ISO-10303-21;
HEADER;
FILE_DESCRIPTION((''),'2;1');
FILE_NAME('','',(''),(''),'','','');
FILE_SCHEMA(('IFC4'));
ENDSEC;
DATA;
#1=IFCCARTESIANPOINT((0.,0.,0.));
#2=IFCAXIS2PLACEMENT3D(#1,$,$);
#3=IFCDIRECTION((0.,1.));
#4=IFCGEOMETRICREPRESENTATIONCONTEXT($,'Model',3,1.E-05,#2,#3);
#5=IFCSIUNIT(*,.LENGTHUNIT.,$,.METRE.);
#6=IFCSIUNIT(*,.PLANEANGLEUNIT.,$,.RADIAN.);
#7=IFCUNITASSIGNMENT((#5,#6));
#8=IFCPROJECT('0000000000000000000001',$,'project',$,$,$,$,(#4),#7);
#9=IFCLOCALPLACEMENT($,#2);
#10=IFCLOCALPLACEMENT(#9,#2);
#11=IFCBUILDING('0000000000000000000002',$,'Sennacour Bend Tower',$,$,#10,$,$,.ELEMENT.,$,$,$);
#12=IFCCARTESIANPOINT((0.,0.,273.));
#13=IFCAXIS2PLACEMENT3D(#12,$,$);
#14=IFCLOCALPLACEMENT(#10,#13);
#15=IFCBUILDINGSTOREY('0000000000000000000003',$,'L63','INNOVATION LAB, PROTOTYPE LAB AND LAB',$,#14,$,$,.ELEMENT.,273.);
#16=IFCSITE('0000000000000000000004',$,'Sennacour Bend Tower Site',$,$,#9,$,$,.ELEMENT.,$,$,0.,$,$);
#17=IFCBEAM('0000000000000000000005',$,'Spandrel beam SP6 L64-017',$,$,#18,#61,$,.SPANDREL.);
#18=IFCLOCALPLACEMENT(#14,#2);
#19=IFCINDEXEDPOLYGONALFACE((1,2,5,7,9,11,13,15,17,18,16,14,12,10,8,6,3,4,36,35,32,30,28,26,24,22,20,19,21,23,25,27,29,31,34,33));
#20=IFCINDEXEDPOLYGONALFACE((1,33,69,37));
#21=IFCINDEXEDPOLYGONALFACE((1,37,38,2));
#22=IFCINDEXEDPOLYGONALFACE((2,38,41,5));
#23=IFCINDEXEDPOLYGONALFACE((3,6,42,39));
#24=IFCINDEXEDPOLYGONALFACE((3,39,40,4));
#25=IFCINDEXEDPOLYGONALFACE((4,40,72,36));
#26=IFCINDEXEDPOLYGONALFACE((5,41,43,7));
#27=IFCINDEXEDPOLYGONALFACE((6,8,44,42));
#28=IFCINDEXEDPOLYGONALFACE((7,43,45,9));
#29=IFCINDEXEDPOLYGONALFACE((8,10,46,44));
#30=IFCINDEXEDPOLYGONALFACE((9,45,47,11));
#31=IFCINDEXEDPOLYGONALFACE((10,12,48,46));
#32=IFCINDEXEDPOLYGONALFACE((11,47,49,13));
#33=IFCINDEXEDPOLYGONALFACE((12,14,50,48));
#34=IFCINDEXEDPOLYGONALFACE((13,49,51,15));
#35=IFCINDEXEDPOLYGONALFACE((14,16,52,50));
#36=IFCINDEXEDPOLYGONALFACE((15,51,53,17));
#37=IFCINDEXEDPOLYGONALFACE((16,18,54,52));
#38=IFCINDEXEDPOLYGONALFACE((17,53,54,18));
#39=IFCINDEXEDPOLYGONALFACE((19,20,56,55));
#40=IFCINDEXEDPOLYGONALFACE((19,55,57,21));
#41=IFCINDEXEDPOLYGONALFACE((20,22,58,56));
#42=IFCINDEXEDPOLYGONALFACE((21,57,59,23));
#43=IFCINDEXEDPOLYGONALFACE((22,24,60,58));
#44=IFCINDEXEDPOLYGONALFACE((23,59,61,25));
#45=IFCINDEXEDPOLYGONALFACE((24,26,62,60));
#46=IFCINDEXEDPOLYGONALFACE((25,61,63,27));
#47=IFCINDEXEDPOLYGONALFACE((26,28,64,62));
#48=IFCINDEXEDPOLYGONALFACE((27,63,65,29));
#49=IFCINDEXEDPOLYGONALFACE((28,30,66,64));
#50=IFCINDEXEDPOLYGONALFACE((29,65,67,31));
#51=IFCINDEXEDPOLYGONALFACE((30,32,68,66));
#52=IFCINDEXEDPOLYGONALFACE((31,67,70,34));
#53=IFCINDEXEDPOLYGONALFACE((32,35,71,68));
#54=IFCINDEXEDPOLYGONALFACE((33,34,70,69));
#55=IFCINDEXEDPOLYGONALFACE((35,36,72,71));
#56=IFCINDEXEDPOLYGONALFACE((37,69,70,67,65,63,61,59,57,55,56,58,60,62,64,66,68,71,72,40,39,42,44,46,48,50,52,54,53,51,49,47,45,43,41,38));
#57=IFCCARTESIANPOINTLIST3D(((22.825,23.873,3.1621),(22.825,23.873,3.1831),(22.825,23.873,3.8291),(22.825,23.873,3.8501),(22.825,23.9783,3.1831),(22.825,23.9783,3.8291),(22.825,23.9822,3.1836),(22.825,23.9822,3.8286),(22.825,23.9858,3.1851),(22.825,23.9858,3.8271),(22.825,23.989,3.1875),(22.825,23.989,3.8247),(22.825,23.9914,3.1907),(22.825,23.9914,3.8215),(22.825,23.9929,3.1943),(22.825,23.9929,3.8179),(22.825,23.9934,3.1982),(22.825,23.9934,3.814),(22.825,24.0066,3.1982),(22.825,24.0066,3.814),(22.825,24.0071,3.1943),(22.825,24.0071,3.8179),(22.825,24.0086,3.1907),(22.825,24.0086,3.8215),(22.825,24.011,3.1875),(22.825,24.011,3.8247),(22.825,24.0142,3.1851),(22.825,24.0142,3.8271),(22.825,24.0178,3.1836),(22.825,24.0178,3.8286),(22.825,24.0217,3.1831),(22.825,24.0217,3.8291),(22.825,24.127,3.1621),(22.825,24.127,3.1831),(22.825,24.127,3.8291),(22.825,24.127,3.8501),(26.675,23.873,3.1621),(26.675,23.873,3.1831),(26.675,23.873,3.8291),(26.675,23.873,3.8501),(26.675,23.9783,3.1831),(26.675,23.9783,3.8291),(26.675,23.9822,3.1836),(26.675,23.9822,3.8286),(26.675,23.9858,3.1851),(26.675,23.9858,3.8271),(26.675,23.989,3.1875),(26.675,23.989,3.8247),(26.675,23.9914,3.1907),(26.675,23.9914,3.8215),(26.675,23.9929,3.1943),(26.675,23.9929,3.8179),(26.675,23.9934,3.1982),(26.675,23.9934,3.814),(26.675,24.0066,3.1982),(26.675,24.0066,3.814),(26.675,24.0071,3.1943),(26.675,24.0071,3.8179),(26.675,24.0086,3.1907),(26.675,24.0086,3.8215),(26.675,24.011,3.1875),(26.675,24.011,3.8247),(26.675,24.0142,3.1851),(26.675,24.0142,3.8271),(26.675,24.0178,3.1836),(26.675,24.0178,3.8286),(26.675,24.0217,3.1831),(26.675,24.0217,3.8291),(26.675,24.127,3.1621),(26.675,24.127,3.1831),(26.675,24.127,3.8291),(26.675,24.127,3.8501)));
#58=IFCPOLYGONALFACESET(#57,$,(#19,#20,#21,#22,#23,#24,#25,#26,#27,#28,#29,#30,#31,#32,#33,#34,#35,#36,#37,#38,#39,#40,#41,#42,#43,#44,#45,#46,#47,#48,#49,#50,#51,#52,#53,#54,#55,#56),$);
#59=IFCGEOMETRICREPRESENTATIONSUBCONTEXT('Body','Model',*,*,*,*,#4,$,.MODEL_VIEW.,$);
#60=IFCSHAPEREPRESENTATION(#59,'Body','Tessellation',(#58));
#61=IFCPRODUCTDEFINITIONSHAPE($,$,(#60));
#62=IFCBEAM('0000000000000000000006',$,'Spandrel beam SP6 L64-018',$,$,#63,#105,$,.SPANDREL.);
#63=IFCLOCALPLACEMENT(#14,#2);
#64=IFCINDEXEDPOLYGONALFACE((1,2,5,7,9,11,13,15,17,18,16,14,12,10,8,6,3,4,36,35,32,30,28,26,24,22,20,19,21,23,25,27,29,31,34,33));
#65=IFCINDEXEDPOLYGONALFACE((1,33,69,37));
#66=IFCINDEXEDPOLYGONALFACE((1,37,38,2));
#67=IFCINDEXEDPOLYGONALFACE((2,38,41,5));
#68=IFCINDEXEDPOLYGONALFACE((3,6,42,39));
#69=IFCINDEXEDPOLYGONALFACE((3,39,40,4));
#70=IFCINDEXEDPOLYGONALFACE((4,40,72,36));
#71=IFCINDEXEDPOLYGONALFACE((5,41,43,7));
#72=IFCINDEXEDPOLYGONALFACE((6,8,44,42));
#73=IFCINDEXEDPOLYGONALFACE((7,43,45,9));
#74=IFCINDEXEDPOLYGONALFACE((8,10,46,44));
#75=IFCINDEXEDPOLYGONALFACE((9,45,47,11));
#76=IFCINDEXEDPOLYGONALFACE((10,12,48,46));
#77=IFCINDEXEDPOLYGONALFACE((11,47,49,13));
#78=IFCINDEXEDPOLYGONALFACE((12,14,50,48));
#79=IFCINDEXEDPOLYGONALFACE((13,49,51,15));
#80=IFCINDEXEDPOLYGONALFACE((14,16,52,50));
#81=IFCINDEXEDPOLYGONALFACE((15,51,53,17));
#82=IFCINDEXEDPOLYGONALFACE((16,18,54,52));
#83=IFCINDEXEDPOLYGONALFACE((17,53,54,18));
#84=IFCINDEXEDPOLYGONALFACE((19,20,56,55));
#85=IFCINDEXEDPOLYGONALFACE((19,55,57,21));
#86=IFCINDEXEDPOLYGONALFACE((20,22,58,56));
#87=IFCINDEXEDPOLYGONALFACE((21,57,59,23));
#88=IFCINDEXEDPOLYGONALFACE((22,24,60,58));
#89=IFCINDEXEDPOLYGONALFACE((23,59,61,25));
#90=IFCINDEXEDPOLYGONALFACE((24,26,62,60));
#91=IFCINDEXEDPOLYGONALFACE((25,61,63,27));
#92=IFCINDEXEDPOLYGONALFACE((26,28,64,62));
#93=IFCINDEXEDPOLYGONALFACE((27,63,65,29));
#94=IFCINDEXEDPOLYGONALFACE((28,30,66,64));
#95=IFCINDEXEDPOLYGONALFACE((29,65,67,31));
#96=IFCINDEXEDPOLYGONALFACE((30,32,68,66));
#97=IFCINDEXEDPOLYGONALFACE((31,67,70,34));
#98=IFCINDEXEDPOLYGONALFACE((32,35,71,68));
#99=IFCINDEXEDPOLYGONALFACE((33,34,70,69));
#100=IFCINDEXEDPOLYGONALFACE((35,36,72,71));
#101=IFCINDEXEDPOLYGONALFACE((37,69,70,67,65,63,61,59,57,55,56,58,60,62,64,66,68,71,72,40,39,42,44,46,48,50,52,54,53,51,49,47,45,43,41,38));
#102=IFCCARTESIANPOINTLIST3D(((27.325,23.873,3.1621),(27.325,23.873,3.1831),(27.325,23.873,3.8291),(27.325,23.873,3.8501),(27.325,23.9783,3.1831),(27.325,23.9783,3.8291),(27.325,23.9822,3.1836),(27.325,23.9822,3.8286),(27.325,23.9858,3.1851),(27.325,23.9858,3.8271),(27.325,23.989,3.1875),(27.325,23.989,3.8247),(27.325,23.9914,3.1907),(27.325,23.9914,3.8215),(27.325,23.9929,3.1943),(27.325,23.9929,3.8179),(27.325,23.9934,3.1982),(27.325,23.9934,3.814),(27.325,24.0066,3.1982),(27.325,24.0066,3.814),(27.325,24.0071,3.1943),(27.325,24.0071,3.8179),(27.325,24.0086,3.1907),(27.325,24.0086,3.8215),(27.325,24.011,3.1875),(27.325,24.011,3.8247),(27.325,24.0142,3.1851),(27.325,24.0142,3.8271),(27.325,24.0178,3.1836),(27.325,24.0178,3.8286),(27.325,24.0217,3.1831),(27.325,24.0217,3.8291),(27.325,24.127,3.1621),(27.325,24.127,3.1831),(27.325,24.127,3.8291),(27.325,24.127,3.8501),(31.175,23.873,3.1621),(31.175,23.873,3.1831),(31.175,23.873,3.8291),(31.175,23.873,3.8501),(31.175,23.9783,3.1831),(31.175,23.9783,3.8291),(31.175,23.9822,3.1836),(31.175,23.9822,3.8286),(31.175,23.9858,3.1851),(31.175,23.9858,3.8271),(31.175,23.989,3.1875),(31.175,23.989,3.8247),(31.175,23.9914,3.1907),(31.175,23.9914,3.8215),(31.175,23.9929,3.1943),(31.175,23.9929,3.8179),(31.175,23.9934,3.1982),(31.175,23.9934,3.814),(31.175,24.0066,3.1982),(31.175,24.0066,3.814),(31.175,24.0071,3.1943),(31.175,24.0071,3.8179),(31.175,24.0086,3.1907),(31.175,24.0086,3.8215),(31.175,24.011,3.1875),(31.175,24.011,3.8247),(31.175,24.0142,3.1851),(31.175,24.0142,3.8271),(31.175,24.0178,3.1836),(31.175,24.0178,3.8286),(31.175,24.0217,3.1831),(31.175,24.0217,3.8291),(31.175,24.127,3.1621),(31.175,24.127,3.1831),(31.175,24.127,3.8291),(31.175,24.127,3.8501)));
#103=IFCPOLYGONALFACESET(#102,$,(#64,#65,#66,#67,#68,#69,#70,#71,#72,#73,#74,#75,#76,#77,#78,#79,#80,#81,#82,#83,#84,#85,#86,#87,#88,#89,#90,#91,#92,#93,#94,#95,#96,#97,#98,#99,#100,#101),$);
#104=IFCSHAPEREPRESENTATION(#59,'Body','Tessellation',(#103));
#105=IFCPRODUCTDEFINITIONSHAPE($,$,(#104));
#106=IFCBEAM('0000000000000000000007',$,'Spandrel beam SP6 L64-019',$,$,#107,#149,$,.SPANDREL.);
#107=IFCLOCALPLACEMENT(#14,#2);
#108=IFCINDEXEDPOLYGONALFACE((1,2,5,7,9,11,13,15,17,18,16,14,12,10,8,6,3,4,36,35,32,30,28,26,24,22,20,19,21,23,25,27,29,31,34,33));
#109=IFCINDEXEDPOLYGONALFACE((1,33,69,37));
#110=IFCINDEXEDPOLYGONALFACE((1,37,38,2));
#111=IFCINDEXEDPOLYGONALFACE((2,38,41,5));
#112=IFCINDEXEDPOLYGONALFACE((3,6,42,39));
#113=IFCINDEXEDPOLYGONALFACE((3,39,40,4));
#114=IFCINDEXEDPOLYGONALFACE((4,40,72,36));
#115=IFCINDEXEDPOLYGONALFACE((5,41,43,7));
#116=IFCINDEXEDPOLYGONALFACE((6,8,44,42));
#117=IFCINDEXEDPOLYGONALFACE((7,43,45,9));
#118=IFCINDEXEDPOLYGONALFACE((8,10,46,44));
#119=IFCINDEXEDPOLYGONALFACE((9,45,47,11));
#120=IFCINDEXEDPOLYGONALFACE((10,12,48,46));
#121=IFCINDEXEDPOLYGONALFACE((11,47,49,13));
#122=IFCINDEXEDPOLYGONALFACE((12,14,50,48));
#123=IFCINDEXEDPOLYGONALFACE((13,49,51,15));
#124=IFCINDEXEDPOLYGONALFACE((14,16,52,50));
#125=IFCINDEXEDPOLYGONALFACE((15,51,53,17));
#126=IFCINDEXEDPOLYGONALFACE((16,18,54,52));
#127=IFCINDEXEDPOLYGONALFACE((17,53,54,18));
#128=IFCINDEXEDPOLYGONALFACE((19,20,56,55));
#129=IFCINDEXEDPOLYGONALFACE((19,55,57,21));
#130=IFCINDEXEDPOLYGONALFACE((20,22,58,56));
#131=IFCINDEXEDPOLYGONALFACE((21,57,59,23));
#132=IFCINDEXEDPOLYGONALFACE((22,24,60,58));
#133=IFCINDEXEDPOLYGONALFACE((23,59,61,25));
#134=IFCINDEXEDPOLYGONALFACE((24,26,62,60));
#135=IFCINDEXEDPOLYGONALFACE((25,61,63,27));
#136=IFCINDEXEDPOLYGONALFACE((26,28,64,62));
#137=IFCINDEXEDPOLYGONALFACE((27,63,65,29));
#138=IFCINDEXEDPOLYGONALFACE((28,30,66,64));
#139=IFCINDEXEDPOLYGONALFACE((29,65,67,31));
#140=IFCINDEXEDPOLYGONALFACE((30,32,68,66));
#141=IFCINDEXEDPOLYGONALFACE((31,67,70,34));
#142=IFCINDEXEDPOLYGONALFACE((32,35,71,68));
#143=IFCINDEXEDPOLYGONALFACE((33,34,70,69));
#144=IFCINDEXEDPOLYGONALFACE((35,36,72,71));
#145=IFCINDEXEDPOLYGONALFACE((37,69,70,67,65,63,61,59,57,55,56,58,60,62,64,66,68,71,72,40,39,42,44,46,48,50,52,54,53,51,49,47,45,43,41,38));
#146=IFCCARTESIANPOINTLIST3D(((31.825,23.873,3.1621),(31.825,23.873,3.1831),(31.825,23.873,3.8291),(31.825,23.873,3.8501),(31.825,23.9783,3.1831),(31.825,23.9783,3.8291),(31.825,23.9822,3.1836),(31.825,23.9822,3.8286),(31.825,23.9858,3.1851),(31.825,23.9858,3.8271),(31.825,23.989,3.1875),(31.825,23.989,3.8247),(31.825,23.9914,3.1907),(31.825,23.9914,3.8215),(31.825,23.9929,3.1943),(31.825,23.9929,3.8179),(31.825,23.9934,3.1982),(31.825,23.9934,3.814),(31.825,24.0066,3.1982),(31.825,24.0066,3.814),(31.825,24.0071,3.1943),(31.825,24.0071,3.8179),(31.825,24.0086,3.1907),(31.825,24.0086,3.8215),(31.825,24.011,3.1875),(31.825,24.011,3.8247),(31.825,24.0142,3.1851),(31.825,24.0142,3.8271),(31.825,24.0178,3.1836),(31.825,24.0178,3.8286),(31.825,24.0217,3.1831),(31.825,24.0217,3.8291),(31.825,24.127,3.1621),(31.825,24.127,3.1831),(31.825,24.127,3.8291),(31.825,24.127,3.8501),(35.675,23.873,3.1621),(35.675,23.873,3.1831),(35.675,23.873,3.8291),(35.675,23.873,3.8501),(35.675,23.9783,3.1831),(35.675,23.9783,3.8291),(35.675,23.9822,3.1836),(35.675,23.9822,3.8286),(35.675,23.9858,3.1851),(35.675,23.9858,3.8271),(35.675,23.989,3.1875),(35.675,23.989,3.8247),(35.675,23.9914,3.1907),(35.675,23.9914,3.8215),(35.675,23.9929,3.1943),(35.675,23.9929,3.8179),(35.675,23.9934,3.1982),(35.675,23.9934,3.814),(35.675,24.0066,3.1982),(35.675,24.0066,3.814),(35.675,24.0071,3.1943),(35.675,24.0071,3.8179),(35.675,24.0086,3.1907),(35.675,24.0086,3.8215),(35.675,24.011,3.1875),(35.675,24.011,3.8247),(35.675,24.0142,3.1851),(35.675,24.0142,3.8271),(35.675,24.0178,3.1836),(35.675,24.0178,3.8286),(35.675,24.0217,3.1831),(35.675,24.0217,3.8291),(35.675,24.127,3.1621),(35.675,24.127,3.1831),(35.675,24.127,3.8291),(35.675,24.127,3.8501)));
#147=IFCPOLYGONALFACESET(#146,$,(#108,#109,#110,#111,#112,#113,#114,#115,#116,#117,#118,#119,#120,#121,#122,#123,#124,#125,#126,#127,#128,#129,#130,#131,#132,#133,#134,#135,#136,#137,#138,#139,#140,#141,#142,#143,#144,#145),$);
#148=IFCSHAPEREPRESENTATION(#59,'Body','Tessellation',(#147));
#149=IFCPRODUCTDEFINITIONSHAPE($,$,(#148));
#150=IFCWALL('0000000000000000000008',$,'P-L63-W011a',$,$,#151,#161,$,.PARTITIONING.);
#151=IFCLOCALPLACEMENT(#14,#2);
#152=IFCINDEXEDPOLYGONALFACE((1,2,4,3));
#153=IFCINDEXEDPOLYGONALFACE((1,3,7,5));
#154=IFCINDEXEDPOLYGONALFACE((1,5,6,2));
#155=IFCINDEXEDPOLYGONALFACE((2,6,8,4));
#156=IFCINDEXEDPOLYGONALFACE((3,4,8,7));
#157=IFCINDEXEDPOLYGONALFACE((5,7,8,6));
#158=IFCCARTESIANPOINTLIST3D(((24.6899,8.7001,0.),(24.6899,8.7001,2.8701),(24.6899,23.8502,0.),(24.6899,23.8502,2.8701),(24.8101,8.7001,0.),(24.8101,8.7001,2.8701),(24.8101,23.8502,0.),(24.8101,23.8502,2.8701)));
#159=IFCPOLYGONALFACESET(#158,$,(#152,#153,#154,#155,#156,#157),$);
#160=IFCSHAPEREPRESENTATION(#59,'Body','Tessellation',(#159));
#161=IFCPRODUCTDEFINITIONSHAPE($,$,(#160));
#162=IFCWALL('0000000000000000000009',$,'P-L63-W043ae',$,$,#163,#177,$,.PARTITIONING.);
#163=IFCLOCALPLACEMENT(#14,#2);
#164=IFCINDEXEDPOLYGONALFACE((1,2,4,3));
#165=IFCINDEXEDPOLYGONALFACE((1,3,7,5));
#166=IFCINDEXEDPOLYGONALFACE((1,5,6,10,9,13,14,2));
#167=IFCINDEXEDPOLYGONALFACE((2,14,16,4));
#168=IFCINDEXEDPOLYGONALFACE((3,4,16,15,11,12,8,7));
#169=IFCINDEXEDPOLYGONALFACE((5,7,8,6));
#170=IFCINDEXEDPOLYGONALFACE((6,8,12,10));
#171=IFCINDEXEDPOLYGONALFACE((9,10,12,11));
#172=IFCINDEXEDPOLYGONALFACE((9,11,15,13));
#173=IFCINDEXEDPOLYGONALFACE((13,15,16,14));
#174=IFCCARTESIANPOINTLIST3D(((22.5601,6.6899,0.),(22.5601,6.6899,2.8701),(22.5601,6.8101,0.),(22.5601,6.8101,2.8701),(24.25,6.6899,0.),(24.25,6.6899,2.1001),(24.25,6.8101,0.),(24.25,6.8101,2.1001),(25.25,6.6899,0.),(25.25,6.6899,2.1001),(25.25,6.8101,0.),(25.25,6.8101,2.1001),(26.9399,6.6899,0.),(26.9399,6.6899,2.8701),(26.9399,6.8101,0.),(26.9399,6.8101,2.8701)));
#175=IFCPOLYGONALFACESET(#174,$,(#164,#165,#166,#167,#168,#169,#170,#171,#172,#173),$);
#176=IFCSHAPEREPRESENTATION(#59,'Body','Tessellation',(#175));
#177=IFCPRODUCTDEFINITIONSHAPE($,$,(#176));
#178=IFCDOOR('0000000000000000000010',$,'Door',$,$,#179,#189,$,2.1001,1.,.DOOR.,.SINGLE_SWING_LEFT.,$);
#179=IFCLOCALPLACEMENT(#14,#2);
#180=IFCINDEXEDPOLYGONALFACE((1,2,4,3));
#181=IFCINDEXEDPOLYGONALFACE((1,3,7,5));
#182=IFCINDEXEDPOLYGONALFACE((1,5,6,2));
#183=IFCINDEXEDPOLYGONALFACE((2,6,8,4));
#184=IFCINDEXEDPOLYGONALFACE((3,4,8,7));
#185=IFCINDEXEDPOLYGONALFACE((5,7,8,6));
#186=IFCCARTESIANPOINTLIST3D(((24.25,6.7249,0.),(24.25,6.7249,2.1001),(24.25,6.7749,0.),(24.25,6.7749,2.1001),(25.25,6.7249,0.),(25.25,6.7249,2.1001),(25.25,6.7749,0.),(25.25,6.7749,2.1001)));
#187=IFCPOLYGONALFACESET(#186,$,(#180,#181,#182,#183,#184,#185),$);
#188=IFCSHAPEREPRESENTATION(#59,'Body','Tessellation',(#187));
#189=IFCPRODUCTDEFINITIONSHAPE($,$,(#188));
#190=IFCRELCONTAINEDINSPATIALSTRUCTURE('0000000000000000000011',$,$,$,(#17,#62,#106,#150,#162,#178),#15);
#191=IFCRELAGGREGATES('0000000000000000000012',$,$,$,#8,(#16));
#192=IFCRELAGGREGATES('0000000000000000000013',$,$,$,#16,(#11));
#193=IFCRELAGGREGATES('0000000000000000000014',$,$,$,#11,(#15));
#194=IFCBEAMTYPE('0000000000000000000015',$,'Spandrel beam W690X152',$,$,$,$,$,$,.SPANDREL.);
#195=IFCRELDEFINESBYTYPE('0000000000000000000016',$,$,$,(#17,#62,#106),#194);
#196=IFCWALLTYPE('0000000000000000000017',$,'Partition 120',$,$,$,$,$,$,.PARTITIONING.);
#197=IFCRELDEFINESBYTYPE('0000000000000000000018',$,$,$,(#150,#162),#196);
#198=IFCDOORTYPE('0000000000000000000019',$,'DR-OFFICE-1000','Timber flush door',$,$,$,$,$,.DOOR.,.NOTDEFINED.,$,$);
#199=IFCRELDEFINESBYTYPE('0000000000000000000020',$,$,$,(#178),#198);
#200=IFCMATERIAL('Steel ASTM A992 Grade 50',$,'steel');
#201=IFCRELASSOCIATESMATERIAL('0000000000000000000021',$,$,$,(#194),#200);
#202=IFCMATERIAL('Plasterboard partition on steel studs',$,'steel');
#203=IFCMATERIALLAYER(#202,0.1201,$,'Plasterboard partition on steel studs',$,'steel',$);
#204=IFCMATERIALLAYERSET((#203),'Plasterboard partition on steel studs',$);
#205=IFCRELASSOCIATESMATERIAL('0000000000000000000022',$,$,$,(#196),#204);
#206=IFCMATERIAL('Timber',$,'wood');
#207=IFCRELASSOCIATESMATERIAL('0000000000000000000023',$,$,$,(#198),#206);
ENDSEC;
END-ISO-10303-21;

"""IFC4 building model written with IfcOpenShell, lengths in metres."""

from ifc_helpers import new_model, si_unit, direction, frame, frame_2d, origin, origin_2d, place, context, subcontext, project, spatial, rectangle, i_section, extrude, material, layer, layer_set, material_profile, profile_set, type_object, element, fill, save


model = new_model("IFC4")

# Units and contexts
model_context = context("Model", 3, precision=1e-05, world=origin(), true_north=direction((0.0, 1.0)))
body_context = subcontext(model_context, "Body", "Model", "MODEL_VIEW")
ifc_project = project(units=[si_unit("LENGTHUNIT", "METRE"), si_unit("PLANEANGLEUNIT", "RADIAN")], contexts=[model_context])

# Site, building, storey
site_placement = place(None, origin())
site = spatial("IfcSite", under=ifc_project, at=site_placement, Name="Sennacour Bend Tower Site", CompositionType="ELEMENT", RefElevation=0.0)
building_placement = place(site_placement, origin())
building = spatial("IfcBuilding", under=site, at=building_placement, Name="Sennacour Bend Tower", CompositionType="ELEMENT")
storey_placement = place(building_placement, frame((0.0, 0.0, 273.0)))
storey = spatial("IfcBuildingStorey", under=building, at=storey_placement, Name="L63", Description="INNOVATION LAB, PROTOTYPE LAB AND LAB", CompositionType="ELEMENT", Elevation=273.0)

# Beams
ifc_material_1 = material(Name="Steel ASTM A992 Grade 50", Category="steel")
ifc_material_profile_1 = material_profile(ifc_material_1, i_section(OverallWidth=0.2539, OverallDepth=0.688, WebThickness=0.0132, FlangeThickness=0.021, FilletRadius=0.0151, at=origin_2d()), Name="Steel ASTM A992 Grade 50", Category="steel")
ifc_profile_set_1 = profile_set([ifc_material_profile_1], Name="Steel ASTM A992 Grade 50")
beam_type_1 = type_object("IfcBeamType", Name="Spandrel beam W690X152", PredefinedType="SPANDREL", material=ifc_profile_set_1)
for number, where, z_axis, x_axis, name in (
    (1, (22.825, 24.0, 3.5061), (1.0, 0.0, 0.0), (0.0, 1.0, 0.0), "Spandrel beam SP6 L64-017"),
    (2, (27.325, 24.0, 3.5061), (1.0, 0.0, 0.0), (0.0, 1.0, 0.0), "Spandrel beam SP6 L64-018"),
    (3, (31.825, 24.0, 3.5061), (1.0, 0.0, 0.0), (0.0, 1.0, 0.0), "Spandrel beam SP6 L64-019"),
):
    element("IfcBeam", number, at=place(storey_placement, frame(where, z_axis=z_axis, x_axis=x_axis)), inside=storey, type_object=beam_type_1, Name=name, PredefinedType="SPANDREL", context=body_context, shape_type="SweptSolid", body=[
        extrude(i_section(OverallWidth=0.2539, OverallDepth=0.688, WebThickness=0.0132, FlangeThickness=0.021, FilletRadius=0.0151, at=origin_2d()), origin(), (0.0, 0.0, 1.0), 3.8501),
    ])

# Wall
ifc_material_2 = material(Name="Plasterboard partition on steel studs", Category="steel")
ifc_layer_1 = layer(ifc_material_2, 0.1201, Name="Plasterboard partition on steel studs", Category="steel")
ifc_layer_set_1 = layer_set([ifc_layer_1], Name="Plasterboard partition on steel studs")
wall_type_1 = type_object("IfcWallType", Name="Partition 120", PredefinedType="PARTITIONING", material=ifc_layer_set_1)
wall_1_placement = place(storey_placement, frame((24.75, 8.7, 0.0), z_axis=(0.0, 0.0, 1.0), x_axis=(0.0, 1.0, 0.0)))
element("IfcWall", 4, at=wall_1_placement, inside=storey, type_object=wall_type_1, Name="P-L63-W011a", PredefinedType="PARTITIONING", context=body_context, shape_type="SweptSolid", body=[
    extrude(rectangle(XDim=15.1501, YDim=0.1201, at=frame_2d((7.5752, 0.0))), origin(), (0.0, 0.0, 1.0), 2.8701),
])

# Wall, opening, door
wall_2_placement = place(storey_placement, frame((22.5601, 6.75, 0.0), z_axis=(0.0, 0.0, 1.0), x_axis=(1.0, 0.0, 0.0)))
wall_2 = element("IfcWall", 5, at=wall_2_placement, inside=storey, type_object=wall_type_1, Name="P-L63-W043ae", PredefinedType="PARTITIONING", context=body_context, shape_type="SweptSolid", body=[
    extrude(rectangle(XDim=4.3799, YDim=0.1201, at=frame_2d((2.1899, 0.0))), origin(), (0.0, 0.0, 1.0), 2.8701),
])
opening_1_placement = place(wall_2_placement, frame((1.6899, 0.0, 0.0)))
opening_1 = element("IfcOpeningElement", 6, at=opening_1_placement, cuts=wall_2, PredefinedType="OPENING", context=body_context, shape_type="SweptSolid", body=[
    extrude(rectangle(XDim=1.0, YDim=2.1001, at=frame_2d((0.5, 1.05))), frame((0.0, 0.0701, 0.0), z_axis=(0.0, -1.0, 0.0), x_axis=(1.0, 0.0, 0.0)), (0.0, 0.0, 1.0), 0.1401),
])
ifc_material_3 = material(Name="Timber", Category="wood")
door_type_1 = type_object("IfcDoorType", Name="DR-OFFICE-1000", Description="Timber flush door", OperationType="NOTDEFINED", PredefinedType="DOOR", material=ifc_material_3)
door_1_placement = place(opening_1_placement, origin())
door_1 = element("IfcDoor", 7, at=door_1_placement, inside=storey, type_object=door_type_1, Name="Door", OperationType="SINGLE_SWING_LEFT", OverallHeight=2.1001, OverallWidth=1.0, PredefinedType="DOOR", context=body_context, shape_type="SweptSolid", body=[
    extrude(rectangle(XDim=1.0, YDim=2.1001, at=frame_2d((0.5, 1.05))), frame((0.0, 0.0249, 0.0), z_axis=(0.0, -1.0, 0.0), x_axis=(1.0, 0.0, 0.0)), (0.0, 0.0, 1.0), 0.05),
])
fill(opening_1, door_1)

save(model, "model.ifc")
